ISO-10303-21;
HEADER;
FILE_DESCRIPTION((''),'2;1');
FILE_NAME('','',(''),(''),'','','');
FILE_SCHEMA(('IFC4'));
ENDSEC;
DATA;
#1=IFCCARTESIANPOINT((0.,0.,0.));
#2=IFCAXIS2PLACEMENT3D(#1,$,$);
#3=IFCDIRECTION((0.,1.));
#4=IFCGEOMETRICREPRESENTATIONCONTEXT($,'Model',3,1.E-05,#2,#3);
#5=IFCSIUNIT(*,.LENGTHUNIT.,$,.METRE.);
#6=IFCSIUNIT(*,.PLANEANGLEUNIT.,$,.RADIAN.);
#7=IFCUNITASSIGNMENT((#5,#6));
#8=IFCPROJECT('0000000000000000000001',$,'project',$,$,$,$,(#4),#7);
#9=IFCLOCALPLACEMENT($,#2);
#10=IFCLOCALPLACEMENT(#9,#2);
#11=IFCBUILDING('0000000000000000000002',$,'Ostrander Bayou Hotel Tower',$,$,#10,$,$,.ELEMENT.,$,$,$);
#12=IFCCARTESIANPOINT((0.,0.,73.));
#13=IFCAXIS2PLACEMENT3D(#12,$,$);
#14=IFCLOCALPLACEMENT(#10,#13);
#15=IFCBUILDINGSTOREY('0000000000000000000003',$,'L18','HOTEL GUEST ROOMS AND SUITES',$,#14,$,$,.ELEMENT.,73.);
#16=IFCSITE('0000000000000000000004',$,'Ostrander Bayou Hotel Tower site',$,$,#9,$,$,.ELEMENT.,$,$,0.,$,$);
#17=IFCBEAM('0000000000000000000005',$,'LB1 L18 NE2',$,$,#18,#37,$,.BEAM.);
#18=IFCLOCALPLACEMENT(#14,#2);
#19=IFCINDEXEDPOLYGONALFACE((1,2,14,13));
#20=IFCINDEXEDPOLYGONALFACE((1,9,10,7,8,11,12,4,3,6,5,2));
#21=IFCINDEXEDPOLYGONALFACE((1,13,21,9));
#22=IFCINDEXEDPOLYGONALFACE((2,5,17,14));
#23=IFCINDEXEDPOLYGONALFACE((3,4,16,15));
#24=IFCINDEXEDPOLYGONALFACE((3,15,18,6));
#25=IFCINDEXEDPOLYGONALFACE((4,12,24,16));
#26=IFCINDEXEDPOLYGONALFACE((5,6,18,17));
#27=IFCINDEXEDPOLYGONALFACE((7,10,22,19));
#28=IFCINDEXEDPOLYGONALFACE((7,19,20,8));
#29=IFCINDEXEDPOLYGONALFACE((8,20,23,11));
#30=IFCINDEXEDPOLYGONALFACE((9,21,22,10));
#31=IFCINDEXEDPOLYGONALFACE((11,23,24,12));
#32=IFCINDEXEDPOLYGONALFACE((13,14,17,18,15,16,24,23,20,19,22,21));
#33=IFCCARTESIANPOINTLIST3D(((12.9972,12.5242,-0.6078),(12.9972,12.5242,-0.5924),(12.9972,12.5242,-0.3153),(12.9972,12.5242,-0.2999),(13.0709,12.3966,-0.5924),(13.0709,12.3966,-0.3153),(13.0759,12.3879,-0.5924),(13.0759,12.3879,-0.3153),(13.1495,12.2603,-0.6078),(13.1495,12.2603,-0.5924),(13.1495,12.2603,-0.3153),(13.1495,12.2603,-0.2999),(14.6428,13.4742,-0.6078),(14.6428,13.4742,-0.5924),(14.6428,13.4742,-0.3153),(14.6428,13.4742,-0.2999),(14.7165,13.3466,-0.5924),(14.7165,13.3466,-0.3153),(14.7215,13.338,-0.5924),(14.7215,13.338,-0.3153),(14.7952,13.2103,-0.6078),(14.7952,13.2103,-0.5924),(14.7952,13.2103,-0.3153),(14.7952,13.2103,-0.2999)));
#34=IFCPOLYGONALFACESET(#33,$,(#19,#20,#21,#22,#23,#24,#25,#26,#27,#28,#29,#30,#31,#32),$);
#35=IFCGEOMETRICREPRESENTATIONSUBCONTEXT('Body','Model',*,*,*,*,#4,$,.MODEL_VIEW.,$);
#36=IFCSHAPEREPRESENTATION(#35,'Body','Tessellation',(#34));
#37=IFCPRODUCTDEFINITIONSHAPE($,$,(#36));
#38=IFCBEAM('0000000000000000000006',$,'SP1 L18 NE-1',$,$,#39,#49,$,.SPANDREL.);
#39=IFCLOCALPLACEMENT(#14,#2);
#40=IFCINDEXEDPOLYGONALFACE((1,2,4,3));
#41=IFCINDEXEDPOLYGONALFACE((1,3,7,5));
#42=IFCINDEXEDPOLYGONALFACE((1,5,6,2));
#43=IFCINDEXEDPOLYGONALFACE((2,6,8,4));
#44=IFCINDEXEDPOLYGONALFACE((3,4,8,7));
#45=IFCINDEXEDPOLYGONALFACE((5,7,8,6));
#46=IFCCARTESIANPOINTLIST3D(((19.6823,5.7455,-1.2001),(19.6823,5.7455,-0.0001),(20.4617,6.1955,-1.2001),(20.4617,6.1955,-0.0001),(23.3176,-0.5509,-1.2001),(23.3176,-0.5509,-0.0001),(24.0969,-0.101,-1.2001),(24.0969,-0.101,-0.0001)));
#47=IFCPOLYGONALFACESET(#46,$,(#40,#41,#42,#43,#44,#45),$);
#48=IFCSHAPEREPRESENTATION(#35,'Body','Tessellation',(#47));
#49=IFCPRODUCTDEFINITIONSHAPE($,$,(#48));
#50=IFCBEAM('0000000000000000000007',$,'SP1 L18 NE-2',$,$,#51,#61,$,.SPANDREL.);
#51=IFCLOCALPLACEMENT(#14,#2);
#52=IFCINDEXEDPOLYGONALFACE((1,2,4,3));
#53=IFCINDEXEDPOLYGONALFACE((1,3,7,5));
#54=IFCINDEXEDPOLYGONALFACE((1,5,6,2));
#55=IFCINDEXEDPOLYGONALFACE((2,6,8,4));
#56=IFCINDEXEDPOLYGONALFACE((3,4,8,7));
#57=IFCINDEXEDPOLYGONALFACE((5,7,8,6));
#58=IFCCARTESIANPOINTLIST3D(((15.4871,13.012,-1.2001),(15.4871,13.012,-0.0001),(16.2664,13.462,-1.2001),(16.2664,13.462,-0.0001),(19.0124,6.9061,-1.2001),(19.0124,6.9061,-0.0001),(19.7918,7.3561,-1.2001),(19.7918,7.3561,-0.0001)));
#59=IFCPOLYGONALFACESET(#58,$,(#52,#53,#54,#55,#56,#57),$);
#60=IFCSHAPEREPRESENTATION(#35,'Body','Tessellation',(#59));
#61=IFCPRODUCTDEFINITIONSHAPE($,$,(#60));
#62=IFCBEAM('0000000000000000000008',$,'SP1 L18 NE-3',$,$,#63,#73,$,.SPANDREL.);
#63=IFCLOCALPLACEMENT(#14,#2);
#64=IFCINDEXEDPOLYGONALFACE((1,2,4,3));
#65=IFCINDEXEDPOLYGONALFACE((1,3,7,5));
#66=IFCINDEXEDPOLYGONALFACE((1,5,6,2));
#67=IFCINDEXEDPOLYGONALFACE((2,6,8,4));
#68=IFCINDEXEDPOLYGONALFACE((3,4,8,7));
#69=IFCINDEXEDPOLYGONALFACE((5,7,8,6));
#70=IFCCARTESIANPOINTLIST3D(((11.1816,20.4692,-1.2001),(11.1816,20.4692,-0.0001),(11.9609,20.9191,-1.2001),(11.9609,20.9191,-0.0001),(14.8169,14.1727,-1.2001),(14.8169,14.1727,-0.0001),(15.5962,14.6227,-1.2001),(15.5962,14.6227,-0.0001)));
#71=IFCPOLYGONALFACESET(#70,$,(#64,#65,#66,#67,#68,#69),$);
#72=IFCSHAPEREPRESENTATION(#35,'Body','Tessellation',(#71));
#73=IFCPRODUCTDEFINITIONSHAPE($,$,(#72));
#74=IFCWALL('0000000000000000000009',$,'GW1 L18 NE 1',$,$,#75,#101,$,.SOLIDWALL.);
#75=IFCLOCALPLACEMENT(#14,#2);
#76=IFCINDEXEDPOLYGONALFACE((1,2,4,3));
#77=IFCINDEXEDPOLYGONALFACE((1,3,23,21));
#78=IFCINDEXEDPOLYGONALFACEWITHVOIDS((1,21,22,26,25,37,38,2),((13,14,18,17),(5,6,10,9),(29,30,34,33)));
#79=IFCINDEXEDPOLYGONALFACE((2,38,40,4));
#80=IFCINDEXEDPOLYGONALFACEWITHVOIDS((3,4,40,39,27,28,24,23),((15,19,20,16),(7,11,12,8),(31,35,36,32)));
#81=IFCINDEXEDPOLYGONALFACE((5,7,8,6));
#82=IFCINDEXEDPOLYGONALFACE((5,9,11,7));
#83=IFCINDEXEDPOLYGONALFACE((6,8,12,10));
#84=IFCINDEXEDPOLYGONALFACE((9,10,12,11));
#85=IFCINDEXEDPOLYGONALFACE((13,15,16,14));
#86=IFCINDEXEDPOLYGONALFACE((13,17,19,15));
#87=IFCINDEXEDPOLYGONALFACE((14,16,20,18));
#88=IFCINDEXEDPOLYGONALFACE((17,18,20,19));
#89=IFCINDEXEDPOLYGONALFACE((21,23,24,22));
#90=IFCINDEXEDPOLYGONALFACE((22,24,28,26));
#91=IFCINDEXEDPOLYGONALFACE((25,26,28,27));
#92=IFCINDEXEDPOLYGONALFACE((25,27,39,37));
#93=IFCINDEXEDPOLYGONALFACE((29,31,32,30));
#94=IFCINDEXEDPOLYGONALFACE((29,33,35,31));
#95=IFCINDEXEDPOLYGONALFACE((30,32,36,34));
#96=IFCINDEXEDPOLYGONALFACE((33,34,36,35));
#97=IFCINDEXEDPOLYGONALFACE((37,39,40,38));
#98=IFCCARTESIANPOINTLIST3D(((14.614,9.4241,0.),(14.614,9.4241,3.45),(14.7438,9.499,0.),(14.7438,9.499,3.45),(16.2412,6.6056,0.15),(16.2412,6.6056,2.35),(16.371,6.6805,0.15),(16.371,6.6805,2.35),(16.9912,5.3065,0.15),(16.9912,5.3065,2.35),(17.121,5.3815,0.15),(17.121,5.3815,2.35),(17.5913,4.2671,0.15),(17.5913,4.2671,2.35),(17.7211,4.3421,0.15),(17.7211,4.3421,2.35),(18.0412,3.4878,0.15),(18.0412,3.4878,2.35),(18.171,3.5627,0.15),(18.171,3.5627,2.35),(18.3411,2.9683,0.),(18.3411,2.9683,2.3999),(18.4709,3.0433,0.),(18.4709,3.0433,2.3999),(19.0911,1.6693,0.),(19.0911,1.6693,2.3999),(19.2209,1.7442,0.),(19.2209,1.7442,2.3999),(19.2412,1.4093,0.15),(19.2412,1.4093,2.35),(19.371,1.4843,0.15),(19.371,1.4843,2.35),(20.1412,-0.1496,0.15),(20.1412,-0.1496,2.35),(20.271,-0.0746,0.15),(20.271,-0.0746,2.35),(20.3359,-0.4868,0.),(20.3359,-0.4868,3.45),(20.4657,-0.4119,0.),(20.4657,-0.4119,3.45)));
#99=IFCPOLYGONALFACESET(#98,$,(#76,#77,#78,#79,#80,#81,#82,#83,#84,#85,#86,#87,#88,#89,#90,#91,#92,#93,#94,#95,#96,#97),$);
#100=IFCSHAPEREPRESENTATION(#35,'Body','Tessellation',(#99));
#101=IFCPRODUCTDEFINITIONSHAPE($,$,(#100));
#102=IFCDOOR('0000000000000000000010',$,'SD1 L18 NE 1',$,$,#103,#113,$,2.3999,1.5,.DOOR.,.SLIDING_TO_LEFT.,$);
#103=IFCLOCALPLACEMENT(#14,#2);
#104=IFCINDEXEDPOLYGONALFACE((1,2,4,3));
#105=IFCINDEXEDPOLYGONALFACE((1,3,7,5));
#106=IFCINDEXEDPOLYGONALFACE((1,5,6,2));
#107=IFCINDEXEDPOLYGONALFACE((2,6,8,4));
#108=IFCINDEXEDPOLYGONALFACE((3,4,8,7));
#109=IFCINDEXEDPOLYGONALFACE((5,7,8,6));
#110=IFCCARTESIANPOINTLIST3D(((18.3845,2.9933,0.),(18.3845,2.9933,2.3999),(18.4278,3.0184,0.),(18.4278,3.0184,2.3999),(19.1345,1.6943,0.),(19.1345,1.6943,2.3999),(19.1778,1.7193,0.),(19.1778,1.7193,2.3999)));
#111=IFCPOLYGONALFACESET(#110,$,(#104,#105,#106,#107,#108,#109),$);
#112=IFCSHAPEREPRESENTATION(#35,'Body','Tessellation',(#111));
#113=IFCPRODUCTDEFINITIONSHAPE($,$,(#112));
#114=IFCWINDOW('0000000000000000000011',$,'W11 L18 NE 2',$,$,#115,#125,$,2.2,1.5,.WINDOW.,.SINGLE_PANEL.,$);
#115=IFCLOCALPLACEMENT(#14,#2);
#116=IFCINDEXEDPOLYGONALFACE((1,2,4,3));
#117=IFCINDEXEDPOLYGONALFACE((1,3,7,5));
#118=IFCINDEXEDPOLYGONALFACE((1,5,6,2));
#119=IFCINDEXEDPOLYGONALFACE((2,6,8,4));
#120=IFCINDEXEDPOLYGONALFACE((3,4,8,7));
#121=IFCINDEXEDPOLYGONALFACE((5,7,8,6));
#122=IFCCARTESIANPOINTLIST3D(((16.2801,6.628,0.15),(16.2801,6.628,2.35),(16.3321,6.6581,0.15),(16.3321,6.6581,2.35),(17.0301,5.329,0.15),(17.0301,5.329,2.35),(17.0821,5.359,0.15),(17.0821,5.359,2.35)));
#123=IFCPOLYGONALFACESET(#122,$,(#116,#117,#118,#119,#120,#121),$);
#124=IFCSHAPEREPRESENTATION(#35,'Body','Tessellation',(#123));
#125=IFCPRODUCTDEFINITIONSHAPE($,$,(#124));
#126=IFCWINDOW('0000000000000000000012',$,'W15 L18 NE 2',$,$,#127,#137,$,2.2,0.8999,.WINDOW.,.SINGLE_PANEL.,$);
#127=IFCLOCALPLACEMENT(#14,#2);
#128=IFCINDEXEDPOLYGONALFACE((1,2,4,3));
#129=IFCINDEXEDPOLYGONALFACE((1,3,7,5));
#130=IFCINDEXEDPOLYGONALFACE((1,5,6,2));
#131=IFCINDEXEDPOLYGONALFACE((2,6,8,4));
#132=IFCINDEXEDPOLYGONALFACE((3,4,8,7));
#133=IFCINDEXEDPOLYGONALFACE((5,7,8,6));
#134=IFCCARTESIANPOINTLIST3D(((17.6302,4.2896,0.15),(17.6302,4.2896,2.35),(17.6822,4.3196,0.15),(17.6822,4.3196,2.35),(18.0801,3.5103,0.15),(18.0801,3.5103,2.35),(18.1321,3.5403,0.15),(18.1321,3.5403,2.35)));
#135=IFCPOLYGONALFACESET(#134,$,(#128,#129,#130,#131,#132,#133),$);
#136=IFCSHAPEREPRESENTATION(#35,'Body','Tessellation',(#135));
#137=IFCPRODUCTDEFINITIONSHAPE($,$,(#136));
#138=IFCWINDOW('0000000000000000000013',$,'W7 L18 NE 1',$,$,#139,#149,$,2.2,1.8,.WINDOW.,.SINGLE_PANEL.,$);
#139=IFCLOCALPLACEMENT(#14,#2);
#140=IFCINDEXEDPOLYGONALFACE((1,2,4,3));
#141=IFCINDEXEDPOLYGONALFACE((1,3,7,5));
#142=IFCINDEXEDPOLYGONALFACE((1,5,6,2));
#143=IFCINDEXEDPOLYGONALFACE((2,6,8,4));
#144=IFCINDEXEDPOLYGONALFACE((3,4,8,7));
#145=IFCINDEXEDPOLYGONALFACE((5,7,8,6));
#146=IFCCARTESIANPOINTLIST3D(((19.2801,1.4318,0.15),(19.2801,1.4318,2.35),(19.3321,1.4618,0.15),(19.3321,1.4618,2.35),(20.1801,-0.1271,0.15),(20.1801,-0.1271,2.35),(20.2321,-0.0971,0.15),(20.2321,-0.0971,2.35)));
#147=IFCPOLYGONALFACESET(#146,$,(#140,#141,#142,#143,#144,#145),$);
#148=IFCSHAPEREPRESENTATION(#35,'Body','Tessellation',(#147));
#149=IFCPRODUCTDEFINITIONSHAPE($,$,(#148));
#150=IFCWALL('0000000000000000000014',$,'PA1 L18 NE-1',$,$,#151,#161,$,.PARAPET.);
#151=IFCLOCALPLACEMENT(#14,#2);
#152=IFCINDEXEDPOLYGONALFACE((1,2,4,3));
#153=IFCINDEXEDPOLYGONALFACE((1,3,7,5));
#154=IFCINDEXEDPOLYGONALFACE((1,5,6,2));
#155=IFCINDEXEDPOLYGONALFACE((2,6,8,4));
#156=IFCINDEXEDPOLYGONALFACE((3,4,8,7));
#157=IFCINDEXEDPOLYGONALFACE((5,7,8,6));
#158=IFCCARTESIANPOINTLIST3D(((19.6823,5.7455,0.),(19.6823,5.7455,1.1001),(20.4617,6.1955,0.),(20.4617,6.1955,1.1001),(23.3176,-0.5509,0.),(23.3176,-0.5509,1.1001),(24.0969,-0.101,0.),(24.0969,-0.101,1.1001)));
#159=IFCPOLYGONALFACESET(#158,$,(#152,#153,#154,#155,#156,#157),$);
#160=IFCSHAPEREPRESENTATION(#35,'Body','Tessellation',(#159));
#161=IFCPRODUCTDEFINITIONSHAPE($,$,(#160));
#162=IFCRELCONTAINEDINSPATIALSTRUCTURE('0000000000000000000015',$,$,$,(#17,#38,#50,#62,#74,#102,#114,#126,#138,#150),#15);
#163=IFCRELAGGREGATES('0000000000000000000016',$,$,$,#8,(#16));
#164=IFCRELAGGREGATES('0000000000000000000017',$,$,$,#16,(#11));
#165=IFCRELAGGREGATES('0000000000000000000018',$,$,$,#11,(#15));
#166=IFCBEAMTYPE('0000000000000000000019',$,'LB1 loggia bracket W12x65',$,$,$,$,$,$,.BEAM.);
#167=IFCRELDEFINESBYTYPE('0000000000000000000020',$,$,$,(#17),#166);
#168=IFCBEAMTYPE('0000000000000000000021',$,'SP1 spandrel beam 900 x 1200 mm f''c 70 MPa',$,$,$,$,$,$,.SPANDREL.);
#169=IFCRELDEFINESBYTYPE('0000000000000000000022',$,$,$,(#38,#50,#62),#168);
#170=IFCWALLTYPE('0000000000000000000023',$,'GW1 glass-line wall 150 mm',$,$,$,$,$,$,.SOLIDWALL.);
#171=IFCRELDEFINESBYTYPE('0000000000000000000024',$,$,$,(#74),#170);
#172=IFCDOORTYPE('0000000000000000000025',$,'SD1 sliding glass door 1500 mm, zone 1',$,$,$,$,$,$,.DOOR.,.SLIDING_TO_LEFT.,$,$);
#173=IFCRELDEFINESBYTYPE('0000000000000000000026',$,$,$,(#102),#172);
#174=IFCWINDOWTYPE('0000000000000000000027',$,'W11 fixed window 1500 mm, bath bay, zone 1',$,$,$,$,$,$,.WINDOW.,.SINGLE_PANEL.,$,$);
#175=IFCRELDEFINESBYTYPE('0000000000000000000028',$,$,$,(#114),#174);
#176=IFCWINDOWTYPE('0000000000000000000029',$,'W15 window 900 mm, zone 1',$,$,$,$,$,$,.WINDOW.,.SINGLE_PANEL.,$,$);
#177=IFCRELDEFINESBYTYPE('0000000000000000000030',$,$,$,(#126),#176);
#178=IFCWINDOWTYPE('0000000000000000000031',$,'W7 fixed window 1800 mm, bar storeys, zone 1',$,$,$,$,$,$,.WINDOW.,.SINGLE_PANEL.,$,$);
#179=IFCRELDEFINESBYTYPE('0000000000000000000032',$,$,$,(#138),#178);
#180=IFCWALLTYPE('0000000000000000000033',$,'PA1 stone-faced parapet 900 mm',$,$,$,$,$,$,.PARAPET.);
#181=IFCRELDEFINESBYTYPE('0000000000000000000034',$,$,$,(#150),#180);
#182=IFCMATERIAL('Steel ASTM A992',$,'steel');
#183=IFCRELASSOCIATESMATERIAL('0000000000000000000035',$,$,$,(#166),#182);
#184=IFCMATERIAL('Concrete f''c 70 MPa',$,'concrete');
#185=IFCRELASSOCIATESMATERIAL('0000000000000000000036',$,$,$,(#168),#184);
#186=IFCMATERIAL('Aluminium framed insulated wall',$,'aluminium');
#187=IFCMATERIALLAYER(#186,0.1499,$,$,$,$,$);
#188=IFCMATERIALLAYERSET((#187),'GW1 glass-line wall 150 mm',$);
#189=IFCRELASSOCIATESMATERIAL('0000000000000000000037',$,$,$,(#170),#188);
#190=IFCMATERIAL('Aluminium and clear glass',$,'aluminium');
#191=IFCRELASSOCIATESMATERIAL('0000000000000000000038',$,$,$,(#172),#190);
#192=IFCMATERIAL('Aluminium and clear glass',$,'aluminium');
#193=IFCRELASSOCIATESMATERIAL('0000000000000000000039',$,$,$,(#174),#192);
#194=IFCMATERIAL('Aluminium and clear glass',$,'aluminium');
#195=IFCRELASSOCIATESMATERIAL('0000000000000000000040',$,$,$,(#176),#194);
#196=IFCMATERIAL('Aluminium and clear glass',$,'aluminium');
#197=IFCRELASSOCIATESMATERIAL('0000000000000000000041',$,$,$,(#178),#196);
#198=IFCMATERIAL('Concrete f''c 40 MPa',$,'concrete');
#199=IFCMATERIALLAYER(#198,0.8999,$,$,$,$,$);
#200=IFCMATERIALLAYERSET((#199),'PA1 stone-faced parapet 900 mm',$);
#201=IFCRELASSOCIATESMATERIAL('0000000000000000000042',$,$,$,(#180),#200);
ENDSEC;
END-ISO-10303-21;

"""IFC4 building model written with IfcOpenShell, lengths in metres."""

from ifc_helpers import new_model, si_unit, direction, frame, frame_2d, origin, origin_2d, place, context, subcontext, project, spatial, rectangle, i_section, extrude, material, layer, layer_set, material_profile, profile_set, type_object, element, fill, save


model = new_model("IFC4")

# Units and contexts
model_context = context("Model", 3, precision=1e-05, world=origin(), true_north=direction((0.0, 1.0)))
body_context = subcontext(model_context, "Body", "Model", "MODEL_VIEW")
ifc_project = project(units=[si_unit("LENGTHUNIT", "METRE"), si_unit("PLANEANGLEUNIT", "RADIAN")], contexts=[model_context])

# Site, building, storey
site_placement = place(None, origin())
site = spatial("IfcSite", under=ifc_project, at=site_placement, Name="Ostrander Bayou Hotel Tower site", CompositionType="ELEMENT", RefElevation=0.0)
building_placement = place(site_placement, origin())
building = spatial("IfcBuilding", under=site, at=building_placement, Name="Ostrander Bayou Hotel Tower", CompositionType="ELEMENT")
storey_placement = place(building_placement, frame((0.0, 0.0, 73.0)))
storey = spatial("IfcBuildingStorey", under=building, at=storey_placement, Name="L18", Description="HOTEL GUEST ROOMS AND SUITES", CompositionType="ELEMENT", Elevation=73.0)

# Beams
ifc_material_1 = material(Name="Steel ASTM A992", Category="steel")
ifc_material_profile_1 = material_profile(ifc_material_1, i_section(OverallWidth=0.3047, OverallDepth=0.3079, WebThickness=0.01, FlangeThickness=0.0154, at=origin_2d()))
ifc_profile_set_1 = profile_set([ifc_material_profile_1], Name="Steel ASTM A992")
beam_type_1 = type_object("IfcBeamType", Name="LB1 loggia bracket W12x65", PredefinedType="BEAM", material=ifc_profile_set_1)
for number, where, z_axis, x_axis, name in (
    (1, (14.719, 13.3423, -0.4539), (-0.866044, -0.499967, 0.0), (0.499967, -0.866044, 0.0), "LB1 L18 NE2"),
):
    element("IfcBeam", number, at=place(storey_placement, frame(where, z_axis=z_axis, x_axis=x_axis)), inside=storey, type_object=beam_type_1, Name=name, PredefinedType="BEAM", context=body_context, shape_type="SweptSolid", body=[
        extrude(i_section(OverallWidth=0.3047, OverallDepth=0.3079, WebThickness=0.01, FlangeThickness=0.0154, at=origin_2d()), origin(), (0.0, 0.0, 1.0), 1.9001),
    ])
ifc_material_2 = material(Name="Concrete f'c 70 MPa", Category="concrete")
ifc_material_profile_2 = material_profile(ifc_material_2, rectangle(XDim=0.8999, YDim=1.2, at=origin_2d()))
ifc_profile_set_2 = profile_set([ifc_material_profile_2], Name="Concrete f'c 70 MPa")
beam_type_2 = type_object("IfcBeamType", Name="SP1 spandrel beam 900 x 1200 mm f'c 70 MPa", PredefinedType="SPANDREL", material=ifc_profile_set_2)
beam_1_placement = place(storey_placement, frame((23.7073, -0.3259, -0.6001), z_axis=(-0.500003, 0.866023, 0.0), x_axis=(-0.866023, -0.500003, 0.0)))
element("IfcBeam", 2, at=beam_1_placement, inside=storey, type_object=beam_type_2, Name="SP1 L18 NE-1", PredefinedType="SPANDREL", context=body_context, shape_type="SweptSolid", body=[
    extrude(rectangle(XDim=0.8999, YDim=1.2, at=origin_2d()), origin(), (0.0, 0.0, 1.0), 7.2705),
])
beam_2_placement = place(storey_placement, frame((19.4021, 7.1311, -0.6001), z_axis=(-0.500012, 0.866018, 0.0), x_axis=(-0.866018, -0.500012, 0.0)))
element("IfcBeam", 3, at=beam_2_placement, inside=storey, type_object=beam_type_2, Name="SP1 L18 NE-2", PredefinedType="SPANDREL", context=body_context, shape_type="SweptSolid", body=[
    extrude(rectangle(XDim=0.8999, YDim=1.2, at=origin_2d()), origin(), (0.0, 0.0, 1.0), 7.0505),
])
beam_3_placement = place(storey_placement, frame((15.2065, 14.3977, -0.6001), z_axis=(-0.500003, 0.866023, 0.0), x_axis=(-0.866023, -0.500003, 0.0)))
element("IfcBeam", 4, at=beam_3_placement, inside=storey, type_object=beam_type_2, Name="SP1 L18 NE-3", PredefinedType="SPANDREL", context=body_context, shape_type="SweptSolid", body=[
    extrude(rectangle(XDim=0.8999, YDim=1.2, at=origin_2d()), origin(), (0.0, 0.0, 1.0), 7.2705),
])

# Wall, openings, door, windows
ifc_material_3 = material(Name="Aluminium framed insulated wall", Category="aluminium")
ifc_layer_1 = layer(ifc_material_3, 0.1499)
ifc_layer_set_1 = layer_set([ifc_layer_1], Name="GW1 glass-line wall 150 mm")
wall_type_1 = type_object("IfcWallType", Name="GW1 glass-line wall 150 mm", PredefinedType="SOLIDWALL", material=ifc_layer_set_1)
wall_1_placement = place(storey_placement, frame((20.4009, -0.4495, 0.0), z_axis=(0.0, 0.0, 1.0), x_axis=(-0.499991, 0.86603, 0.0)))
wall_1 = element("IfcWall", 5, at=wall_1_placement, inside=storey, type_object=wall_type_1, Name="GW1 L18 NE 1", PredefinedType="SOLIDWALL", context=body_context, shape_type="SweptSolid", body=[
    extrude(rectangle(XDim=11.4441, YDim=0.1499, at=frame_2d((5.7222, 0.0))), origin(), (0.0, 0.0, 1.0), 3.45),
])
opening_1_placement = place(wall_1_placement, frame((0.3896, 0.0, 0.1499)))
opening_1 = element("IfcOpeningElement", 6, at=opening_1_placement, cuts=wall_1, PredefinedType="OPENING", context=body_context, shape_type="SweptSolid", body=[
    extrude(rectangle(XDim=1.8, YDim=2.2, at=frame_2d((0.8999, 1.1001))), frame((0.0, 0.075, 0.0), z_axis=(0.0, -1.0, 0.0), x_axis=(1.0, 0.0, 0.0)), (0.0, 0.0, 1.0), 0.1499),
])
opening_2_placement = place(wall_1_placement, frame((2.4897, 0.0, 0.0)))
opening_2 = element("IfcOpeningElement", 7, at=opening_2_placement, cuts=wall_1, PredefinedType="OPENING", context=body_context, shape_type="SweptSolid", body=[
    extrude(rectangle(XDim=1.5, YDim=2.3999, at=frame_2d((0.75, 1.2))), frame((0.0, 0.075, 0.0), z_axis=(0.0, -1.0, 0.0), x_axis=(1.0, 0.0, 0.0)), (0.0, 0.0, 1.0), 0.1499),
])
opening_3_placement = place(wall_1_placement, frame((4.5896, 0.0, 0.1499)))
opening_3 = element("IfcOpeningElement", 8, at=opening_3_placement, cuts=wall_1, PredefinedType="OPENING", context=body_context, shape_type="SweptSolid", body=[
    extrude(rectangle(XDim=0.8999, YDim=2.2, at=frame_2d((0.45, 1.1001))), frame((0.0, 0.075, 0.0), z_axis=(0.0, -1.0, 0.0), x_axis=(1.0, 0.0, 0.0)), (0.0, 0.0, 1.0), 0.1499),
])
opening_4_placement = place(wall_1_placement, frame((6.6897, 0.0, 0.1499)))
opening_4 = element("IfcOpeningElement", 9, at=opening_4_placement, cuts=wall_1, PredefinedType="OPENING", context=body_context, shape_type="SweptSolid", body=[
    extrude(rectangle(XDim=1.5, YDim=2.2, at=frame_2d((0.75, 1.1001))), frame((0.0, 0.075, 0.0), z_axis=(0.0, -1.0, 0.0), x_axis=(1.0, 0.0, 0.0)), (0.0, 0.0, 1.0), 0.1499),
])
ifc_material_4 = material(Name="Aluminium and clear glass", Category="aluminium")
door_type_1 = type_object("IfcDoorType", Name="SD1 sliding glass door 1500 mm, zone 1", OperationType="SLIDING_TO_LEFT", PredefinedType="DOOR", material=ifc_material_4)
door_1_placement = place(opening_2_placement, origin())
door_1 = element("IfcDoor", 10, at=door_1_placement, inside=storey, type_object=door_type_1, Name="SD1 L18 NE 1", OperationType="SLIDING_TO_LEFT", OverallHeight=2.3999, OverallWidth=1.5, PredefinedType="DOOR", context=body_context, shape_type="SweptSolid", body=[
    extrude(rectangle(XDim=1.5, YDim=2.3999, at=frame_2d((0.75, 1.2))), frame((0.0, 0.0249, 0.0), z_axis=(0.0, -1.0, 0.0), x_axis=(1.0, 0.0, 0.0)), (0.0, 0.0, 1.0), 0.05),
])
fill(opening_2, door_1)
ifc_material_5 = material(Name="Aluminium and clear glass", Category="aluminium")
window_type_1 = type_object("IfcWindowType", Name="W11 fixed window 1500 mm, bath bay, zone 1", PartitioningType="SINGLE_PANEL", PredefinedType="WINDOW", material=ifc_material_5)
window_1_placement = place(opening_4_placement, origin())
window_1 = element("IfcWindow", 11, at=window_1_placement, inside=storey, type_object=window_type_1, Name="W11 L18 NE 2", OverallHeight=2.2, OverallWidth=1.5, PartitioningType="SINGLE_PANEL", PredefinedType="WINDOW", context=body_context, shape_type="SweptSolid", body=[
    extrude(rectangle(XDim=1.5, YDim=2.2, at=frame_2d((0.75, 1.1001))), frame((0.0, 0.03, 0.0), z_axis=(0.0, -1.0, 0.0), x_axis=(1.0, 0.0, 0.0)), (0.0, 0.0, 1.0), 0.0601),
])
fill(opening_4, window_1)
ifc_material_6 = material(Name="Aluminium and clear glass", Category="aluminium")
window_type_2 = type_object("IfcWindowType", Name="W15 window 900 mm, zone 1", PartitioningType="SINGLE_PANEL", PredefinedType="WINDOW", material=ifc_material_6)
window_2_placement = place(opening_3_placement, origin())
window_2 = element("IfcWindow", 12, at=window_2_placement, inside=storey, type_object=window_type_2, Name="W15 L18 NE 2", OverallHeight=2.2, OverallWidth=0.8999, PartitioningType="SINGLE_PANEL", PredefinedType="WINDOW", context=body_context, shape_type="SweptSolid", body=[
    extrude(rectangle(XDim=0.8999, YDim=2.2, at=frame_2d((0.45, 1.1001))), frame((0.0, 0.03, 0.0), z_axis=(0.0, -1.0, 0.0), x_axis=(1.0, 0.0, 0.0)), (0.0, 0.0, 1.0), 0.0601),
])
fill(opening_3, window_2)
ifc_material_7 = material(Name="Aluminium and clear glass", Category="aluminium")
window_type_3 = type_object("IfcWindowType", Name="W7 fixed window 1800 mm, bar storeys, zone 1", PartitioningType="SINGLE_PANEL", PredefinedType="WINDOW", material=ifc_material_7)
window_3_placement = place(opening_1_placement, origin())
window_3 = element("IfcWindow", 13, at=window_3_placement, inside=storey, type_object=window_type_3, Name="W7 L18 NE 1", OverallHeight=2.2, OverallWidth=1.8, PartitioningType="SINGLE_PANEL", PredefinedType="WINDOW", context=body_context, shape_type="SweptSolid", body=[
    extrude(rectangle(XDim=1.8, YDim=2.2, at=frame_2d((0.8999, 1.1001))), frame((0.0, 0.03, 0.0), z_axis=(0.0, -1.0, 0.0), x_axis=(1.0, 0.0, 0.0)), (0.0, 0.0, 1.0), 0.0601),
])
fill(opening_1, window_3)

# Wall
ifc_material_8 = material(Name="Concrete f'c 40 MPa", Category="concrete")
ifc_layer_2 = layer(ifc_material_8, 0.8999)
ifc_layer_set_2 = layer_set([ifc_layer_2], Name="PA1 stone-faced parapet 900 mm")
wall_type_2 = type_object("IfcWallType", Name="PA1 stone-faced parapet 900 mm", PredefinedType="PARAPET", material=ifc_layer_set_2)
wall_2_placement = place(storey_placement, frame((23.7073, -0.3259, 0.0), z_axis=(0.0, 0.0, 1.0), x_axis=(-0.500003, 0.866023, 0.0)))
element("IfcWall", 14, at=wall_2_placement, inside=storey, type_object=wall_type_2, Name="PA1 L18 NE-1", PredefinedType="PARAPET", context=body_context, shape_type="SweptSolid", body=[
    extrude(rectangle(XDim=7.2705, YDim=0.8999, at=frame_2d((3.6353, 0.0))), origin(), (0.0, 0.0, 1.0), 1.1001),
])

save(model, "model.ifc")
